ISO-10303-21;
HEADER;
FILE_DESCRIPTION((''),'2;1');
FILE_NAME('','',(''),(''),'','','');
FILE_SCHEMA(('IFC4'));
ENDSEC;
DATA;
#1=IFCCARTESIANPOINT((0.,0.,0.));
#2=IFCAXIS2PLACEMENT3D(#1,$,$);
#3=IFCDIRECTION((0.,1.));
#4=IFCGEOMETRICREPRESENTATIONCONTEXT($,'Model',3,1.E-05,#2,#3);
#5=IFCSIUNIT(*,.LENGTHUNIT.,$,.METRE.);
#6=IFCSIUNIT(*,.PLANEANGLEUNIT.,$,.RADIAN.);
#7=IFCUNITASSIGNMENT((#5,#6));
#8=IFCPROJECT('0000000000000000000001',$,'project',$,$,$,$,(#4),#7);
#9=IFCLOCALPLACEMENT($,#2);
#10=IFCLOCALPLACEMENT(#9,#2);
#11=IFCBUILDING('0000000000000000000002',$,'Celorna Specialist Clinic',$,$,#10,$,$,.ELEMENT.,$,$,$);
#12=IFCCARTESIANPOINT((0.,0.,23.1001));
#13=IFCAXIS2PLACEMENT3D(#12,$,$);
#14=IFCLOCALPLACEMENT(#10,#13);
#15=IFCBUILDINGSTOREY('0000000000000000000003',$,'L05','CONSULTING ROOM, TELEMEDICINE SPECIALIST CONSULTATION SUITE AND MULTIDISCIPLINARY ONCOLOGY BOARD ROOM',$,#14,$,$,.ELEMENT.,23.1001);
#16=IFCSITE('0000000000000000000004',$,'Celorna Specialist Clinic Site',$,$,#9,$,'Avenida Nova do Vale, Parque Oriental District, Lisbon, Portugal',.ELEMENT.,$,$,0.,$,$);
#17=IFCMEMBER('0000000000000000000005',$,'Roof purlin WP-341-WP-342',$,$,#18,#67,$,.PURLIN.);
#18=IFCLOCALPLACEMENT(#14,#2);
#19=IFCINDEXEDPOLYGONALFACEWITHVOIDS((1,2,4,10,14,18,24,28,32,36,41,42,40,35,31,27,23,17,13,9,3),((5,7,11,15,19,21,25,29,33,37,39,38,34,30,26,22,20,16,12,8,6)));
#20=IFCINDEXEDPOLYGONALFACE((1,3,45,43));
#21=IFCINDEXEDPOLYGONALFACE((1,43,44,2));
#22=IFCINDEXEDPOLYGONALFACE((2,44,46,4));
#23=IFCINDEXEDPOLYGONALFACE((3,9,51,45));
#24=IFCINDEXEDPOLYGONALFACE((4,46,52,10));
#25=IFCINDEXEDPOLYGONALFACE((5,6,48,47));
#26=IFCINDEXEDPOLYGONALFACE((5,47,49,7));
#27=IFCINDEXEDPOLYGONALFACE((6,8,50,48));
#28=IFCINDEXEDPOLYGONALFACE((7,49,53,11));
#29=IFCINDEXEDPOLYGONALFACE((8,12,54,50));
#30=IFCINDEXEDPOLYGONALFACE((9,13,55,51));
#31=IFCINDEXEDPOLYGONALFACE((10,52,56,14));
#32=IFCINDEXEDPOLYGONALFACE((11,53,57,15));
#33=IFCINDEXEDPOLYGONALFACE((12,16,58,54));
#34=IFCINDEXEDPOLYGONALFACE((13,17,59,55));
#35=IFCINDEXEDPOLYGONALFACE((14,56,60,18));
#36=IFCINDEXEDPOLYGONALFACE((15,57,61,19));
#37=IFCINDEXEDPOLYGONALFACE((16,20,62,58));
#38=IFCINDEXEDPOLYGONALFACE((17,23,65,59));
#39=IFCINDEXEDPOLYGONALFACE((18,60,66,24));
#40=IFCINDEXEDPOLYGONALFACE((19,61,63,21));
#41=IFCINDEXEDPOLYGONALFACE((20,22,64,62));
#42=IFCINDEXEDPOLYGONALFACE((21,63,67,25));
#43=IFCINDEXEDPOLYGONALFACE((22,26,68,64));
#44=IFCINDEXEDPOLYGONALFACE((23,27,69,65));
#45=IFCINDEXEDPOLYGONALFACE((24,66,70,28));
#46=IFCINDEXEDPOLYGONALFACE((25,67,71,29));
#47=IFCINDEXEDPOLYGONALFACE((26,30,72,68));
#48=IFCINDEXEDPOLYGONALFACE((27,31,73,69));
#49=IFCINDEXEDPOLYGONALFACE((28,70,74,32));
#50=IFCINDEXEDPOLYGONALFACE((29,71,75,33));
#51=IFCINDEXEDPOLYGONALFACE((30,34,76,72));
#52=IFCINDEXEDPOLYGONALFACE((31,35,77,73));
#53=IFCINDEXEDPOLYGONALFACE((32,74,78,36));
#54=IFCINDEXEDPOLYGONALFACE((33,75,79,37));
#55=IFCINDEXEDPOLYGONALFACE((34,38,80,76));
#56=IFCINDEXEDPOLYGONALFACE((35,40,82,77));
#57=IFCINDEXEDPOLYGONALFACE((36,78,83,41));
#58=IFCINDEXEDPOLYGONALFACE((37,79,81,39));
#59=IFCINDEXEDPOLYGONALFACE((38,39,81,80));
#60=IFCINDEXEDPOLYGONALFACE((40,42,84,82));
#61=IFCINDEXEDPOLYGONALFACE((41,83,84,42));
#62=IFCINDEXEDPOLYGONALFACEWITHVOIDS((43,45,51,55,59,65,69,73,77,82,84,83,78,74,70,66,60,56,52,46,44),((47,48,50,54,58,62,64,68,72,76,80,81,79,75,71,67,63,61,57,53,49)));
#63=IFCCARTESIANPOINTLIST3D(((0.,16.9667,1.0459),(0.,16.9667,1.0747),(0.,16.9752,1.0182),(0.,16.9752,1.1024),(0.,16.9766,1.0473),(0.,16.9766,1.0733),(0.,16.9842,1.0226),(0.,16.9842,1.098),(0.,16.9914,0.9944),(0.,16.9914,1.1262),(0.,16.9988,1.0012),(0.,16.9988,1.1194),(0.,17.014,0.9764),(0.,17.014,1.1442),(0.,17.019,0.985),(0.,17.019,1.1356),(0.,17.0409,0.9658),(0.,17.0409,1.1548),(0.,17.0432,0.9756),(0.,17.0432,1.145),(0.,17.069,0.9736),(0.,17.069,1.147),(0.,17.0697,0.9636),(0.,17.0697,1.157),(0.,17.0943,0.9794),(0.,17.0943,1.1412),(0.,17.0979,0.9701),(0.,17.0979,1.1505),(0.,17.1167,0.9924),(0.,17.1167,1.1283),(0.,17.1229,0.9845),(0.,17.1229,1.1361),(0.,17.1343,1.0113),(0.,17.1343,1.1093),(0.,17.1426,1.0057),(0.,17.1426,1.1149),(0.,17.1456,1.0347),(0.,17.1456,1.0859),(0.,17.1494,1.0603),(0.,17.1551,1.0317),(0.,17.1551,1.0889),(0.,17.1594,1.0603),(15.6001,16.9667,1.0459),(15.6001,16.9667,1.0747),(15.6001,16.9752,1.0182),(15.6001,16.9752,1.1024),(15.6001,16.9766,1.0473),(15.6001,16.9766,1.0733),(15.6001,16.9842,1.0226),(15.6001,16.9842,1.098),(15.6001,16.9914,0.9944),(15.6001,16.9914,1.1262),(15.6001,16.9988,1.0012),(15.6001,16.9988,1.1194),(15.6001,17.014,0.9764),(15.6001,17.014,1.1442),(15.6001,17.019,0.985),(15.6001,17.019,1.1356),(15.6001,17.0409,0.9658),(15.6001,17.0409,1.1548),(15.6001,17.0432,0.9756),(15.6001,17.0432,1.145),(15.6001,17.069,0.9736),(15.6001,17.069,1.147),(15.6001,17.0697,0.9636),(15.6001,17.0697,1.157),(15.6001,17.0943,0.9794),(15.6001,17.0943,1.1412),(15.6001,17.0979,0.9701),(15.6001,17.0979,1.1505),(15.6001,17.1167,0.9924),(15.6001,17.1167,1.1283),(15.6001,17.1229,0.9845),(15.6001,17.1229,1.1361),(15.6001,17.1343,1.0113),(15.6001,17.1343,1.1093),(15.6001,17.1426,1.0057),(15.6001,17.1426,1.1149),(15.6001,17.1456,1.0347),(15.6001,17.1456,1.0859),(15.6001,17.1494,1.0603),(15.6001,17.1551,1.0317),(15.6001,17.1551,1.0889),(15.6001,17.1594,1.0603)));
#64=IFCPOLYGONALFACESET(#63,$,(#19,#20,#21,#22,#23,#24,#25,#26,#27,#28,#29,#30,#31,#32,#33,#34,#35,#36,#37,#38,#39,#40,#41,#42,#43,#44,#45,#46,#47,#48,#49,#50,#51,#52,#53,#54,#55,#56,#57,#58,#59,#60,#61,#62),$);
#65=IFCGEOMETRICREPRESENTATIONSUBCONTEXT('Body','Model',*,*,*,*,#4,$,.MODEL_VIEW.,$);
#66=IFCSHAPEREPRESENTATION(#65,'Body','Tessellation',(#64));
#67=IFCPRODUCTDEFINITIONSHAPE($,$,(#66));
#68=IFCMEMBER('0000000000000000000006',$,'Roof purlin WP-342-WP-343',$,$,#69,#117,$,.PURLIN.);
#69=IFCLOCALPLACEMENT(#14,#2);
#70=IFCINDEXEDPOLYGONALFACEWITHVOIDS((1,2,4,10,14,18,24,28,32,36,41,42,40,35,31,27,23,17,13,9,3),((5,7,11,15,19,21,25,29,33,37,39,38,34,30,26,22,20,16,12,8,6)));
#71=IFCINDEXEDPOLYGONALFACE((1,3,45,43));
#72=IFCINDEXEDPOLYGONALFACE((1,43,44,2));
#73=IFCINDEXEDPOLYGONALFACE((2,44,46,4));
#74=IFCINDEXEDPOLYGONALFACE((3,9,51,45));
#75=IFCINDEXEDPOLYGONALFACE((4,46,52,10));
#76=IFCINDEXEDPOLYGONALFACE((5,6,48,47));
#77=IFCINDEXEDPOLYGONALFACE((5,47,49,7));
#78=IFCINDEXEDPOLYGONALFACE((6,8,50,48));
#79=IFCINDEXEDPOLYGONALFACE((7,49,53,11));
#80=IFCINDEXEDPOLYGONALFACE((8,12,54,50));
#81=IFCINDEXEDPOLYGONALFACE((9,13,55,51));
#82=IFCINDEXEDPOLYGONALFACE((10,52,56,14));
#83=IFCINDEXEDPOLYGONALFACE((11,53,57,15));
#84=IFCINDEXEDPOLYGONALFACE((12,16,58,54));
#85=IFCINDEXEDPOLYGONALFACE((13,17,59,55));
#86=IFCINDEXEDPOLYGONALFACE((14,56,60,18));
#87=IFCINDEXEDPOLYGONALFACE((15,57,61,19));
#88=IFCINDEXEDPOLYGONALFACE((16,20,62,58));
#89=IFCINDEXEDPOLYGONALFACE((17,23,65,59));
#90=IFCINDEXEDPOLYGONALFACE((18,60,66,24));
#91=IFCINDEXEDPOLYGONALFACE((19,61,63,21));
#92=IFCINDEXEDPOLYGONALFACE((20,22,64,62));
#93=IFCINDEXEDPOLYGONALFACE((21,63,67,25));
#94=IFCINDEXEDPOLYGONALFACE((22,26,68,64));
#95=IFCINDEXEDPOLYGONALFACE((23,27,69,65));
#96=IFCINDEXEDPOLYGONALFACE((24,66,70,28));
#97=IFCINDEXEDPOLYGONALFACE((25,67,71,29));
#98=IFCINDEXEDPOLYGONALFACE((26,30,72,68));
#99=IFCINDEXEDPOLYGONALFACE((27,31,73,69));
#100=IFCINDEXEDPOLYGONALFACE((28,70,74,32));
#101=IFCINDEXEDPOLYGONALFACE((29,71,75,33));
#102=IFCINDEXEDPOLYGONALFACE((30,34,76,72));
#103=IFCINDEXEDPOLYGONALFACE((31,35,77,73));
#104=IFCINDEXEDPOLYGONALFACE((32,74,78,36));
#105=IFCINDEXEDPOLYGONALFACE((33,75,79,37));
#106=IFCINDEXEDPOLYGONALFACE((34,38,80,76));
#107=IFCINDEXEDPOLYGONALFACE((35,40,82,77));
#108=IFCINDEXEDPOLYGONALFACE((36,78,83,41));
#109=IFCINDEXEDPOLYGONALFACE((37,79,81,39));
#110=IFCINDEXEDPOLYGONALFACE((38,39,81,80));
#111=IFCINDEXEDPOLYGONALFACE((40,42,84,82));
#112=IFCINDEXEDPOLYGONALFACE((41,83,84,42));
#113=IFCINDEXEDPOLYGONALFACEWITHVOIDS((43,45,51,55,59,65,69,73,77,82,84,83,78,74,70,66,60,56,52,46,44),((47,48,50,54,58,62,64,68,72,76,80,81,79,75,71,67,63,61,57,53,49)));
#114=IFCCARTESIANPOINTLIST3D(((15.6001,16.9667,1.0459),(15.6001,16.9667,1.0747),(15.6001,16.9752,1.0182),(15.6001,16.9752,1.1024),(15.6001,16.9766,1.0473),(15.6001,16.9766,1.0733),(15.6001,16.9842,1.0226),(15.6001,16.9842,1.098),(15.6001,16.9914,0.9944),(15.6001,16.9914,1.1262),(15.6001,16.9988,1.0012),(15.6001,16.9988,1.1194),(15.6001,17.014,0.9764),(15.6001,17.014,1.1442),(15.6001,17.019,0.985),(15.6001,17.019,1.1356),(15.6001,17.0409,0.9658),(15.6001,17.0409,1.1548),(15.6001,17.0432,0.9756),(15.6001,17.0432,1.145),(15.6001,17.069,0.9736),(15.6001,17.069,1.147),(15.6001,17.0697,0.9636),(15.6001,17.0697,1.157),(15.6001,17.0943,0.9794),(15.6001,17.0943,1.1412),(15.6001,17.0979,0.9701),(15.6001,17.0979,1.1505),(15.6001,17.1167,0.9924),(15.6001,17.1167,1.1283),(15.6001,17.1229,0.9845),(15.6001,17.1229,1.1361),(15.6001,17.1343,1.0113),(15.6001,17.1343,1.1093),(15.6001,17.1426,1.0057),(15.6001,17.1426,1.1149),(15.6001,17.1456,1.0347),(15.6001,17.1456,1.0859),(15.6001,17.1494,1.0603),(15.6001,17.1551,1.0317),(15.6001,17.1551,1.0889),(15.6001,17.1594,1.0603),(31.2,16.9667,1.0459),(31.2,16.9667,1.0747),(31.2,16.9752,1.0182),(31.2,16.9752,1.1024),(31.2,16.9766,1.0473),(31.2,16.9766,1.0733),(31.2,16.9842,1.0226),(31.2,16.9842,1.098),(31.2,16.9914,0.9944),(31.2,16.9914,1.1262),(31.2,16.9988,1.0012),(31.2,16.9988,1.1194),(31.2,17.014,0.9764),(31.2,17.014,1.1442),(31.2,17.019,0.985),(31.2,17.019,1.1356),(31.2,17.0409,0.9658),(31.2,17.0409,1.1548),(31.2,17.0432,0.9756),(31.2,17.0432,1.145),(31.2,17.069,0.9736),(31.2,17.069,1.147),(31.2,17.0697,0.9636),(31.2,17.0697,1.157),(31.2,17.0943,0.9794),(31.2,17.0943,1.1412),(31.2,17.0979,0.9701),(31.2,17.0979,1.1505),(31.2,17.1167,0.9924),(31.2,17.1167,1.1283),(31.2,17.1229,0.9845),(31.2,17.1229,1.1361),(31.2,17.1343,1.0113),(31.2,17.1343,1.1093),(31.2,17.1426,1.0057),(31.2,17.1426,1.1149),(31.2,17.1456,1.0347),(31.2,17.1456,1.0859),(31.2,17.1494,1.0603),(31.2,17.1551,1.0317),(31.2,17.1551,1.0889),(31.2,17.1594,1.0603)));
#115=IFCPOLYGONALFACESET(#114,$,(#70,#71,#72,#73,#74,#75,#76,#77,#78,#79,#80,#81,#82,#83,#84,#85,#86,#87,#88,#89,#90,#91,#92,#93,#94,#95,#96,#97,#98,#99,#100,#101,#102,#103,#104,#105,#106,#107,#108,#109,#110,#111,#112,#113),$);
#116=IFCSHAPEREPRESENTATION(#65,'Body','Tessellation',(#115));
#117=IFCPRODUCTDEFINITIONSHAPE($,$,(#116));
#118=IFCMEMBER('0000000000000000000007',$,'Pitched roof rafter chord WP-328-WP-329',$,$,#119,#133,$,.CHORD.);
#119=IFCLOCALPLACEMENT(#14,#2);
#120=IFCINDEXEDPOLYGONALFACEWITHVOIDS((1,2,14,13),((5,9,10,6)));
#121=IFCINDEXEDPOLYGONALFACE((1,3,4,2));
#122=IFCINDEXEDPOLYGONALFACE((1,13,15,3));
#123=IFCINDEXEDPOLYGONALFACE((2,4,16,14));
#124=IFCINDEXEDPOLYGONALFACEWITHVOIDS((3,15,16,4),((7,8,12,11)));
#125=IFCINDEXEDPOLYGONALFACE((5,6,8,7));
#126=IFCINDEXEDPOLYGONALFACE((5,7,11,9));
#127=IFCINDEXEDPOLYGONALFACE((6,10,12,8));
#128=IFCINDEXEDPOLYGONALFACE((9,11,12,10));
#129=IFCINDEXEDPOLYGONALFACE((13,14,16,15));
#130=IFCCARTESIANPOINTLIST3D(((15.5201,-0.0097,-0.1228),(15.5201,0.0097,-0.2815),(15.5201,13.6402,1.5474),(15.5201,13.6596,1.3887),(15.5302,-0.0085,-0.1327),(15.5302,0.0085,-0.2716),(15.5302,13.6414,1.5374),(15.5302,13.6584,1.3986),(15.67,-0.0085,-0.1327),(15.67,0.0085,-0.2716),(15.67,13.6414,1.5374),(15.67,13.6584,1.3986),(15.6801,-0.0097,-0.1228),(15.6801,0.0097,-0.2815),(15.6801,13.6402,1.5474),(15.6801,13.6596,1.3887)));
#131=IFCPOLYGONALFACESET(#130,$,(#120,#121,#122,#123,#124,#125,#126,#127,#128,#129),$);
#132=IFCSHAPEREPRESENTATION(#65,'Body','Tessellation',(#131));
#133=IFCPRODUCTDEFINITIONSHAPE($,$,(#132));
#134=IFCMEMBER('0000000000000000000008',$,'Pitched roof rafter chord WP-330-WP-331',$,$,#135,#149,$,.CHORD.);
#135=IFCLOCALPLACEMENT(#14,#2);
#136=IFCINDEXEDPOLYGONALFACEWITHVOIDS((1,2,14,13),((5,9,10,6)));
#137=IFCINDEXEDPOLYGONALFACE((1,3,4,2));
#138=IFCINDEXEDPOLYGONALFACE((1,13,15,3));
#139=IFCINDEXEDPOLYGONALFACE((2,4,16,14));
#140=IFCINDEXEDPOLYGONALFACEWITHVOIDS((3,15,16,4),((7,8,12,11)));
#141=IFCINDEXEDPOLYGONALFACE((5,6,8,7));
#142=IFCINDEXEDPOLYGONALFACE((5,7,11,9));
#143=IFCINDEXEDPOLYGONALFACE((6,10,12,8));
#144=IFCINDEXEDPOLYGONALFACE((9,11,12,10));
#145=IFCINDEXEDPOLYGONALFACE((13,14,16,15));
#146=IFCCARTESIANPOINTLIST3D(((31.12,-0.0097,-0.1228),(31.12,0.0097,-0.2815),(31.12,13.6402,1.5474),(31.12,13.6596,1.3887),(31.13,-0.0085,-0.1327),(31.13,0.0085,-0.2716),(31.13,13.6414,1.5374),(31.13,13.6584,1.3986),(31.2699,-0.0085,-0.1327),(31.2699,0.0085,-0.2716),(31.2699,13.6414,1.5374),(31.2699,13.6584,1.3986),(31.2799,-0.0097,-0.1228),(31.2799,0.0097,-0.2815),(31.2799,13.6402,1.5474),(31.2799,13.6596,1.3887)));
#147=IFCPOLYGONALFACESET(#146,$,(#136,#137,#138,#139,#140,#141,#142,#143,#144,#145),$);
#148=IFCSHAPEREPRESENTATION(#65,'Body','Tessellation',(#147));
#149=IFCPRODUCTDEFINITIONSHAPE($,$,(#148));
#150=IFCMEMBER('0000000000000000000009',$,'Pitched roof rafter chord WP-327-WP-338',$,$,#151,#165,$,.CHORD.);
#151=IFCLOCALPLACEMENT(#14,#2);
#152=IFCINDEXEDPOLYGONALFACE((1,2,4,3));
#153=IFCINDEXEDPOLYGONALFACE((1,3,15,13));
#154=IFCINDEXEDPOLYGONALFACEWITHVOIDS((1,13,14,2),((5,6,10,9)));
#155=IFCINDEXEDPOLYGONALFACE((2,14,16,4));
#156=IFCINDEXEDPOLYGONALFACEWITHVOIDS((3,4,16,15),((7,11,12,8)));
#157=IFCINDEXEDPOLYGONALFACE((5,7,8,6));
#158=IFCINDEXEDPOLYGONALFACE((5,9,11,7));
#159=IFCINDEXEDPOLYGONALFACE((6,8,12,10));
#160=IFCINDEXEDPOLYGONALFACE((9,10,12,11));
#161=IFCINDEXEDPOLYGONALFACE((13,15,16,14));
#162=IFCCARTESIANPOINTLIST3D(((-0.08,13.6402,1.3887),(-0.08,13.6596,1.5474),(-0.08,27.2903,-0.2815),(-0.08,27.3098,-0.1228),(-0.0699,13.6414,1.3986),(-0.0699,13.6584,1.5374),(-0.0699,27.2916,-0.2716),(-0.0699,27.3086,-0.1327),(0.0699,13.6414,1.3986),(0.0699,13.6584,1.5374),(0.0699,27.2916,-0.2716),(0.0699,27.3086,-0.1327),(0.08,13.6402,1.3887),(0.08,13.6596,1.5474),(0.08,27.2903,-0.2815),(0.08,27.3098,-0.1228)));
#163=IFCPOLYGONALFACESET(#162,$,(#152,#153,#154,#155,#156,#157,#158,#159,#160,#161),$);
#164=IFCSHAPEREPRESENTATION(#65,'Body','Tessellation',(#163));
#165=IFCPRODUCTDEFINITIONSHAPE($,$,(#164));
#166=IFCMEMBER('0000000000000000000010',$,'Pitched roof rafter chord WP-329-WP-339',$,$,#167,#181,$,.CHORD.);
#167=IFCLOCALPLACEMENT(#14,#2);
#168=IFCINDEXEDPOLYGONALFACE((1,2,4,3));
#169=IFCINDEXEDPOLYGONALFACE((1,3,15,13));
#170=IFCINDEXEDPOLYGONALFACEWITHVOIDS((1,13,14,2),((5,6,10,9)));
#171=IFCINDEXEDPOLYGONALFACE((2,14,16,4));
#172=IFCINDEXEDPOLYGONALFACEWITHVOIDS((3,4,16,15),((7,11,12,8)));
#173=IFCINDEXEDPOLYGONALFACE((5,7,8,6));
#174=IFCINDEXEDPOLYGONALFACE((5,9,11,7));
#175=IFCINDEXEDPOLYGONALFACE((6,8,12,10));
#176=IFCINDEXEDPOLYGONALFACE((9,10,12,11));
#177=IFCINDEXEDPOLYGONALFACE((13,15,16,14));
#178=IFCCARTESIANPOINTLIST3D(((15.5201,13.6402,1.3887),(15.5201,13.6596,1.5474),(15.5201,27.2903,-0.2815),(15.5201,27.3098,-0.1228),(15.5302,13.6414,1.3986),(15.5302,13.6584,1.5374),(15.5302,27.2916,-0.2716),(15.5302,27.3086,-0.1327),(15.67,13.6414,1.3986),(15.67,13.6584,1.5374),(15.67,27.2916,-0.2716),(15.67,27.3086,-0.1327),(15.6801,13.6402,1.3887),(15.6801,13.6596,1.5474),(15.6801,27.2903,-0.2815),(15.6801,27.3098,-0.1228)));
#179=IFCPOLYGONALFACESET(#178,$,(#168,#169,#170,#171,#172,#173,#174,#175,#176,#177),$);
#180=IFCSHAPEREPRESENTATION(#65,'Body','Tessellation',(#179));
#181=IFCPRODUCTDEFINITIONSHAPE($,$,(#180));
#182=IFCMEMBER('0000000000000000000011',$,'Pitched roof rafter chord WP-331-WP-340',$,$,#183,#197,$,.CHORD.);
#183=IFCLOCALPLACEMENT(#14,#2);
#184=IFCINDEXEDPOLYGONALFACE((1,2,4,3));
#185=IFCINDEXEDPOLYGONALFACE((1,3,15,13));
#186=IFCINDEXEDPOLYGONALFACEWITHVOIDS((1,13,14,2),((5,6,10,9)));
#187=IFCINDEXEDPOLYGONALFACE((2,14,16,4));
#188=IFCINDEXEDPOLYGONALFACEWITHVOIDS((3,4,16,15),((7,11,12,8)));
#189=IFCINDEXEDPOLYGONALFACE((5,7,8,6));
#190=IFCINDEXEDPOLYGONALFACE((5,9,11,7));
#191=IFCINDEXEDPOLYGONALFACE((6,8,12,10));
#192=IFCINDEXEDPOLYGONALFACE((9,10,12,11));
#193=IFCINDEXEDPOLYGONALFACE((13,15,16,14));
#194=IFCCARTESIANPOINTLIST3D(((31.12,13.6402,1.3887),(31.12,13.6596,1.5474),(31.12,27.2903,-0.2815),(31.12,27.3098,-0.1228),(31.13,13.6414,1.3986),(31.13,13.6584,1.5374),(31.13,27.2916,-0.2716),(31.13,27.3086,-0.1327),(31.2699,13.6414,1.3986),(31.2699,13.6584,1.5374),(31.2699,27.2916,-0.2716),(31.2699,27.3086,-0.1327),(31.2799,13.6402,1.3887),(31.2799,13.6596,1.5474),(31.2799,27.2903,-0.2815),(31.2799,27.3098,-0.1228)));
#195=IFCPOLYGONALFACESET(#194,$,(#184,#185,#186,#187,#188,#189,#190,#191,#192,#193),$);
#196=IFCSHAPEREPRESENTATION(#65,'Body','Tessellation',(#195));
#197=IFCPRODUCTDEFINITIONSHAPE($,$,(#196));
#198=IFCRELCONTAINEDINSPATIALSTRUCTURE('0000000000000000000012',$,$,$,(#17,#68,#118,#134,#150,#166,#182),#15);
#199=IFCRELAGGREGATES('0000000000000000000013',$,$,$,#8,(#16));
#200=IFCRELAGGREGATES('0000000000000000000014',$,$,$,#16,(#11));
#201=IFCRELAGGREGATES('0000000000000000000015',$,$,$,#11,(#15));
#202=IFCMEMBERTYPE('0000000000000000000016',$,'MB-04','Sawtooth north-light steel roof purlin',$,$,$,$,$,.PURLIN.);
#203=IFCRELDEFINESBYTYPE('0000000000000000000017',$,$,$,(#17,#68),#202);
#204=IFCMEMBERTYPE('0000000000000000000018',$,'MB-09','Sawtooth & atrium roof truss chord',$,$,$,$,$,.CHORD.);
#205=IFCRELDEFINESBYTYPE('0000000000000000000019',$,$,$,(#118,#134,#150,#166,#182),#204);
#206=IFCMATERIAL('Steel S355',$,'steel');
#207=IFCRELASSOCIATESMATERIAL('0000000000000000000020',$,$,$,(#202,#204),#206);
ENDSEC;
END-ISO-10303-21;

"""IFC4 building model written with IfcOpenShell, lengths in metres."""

from ifc_helpers import new_model, si_unit, direction, frame, origin, origin_2d, place, context, subcontext, project, spatial, hollow_rectangle, hollow_circle, extrude, material, material_profile, profile_set, type_object, element, save


model = new_model("IFC4")

# Units and contexts
model_context = context("Model", 3, precision=1e-05, world=origin(), true_north=direction((0.0, 1.0)))
body_context = subcontext(model_context, "Body", "Model", "MODEL_VIEW")
ifc_project = project(units=[si_unit("LENGTHUNIT", "METRE"), si_unit("PLANEANGLEUNIT", "RADIAN")], contexts=[model_context])

# Site, building, storey
site_placement = place(None, origin())
site = spatial("IfcSite", under=ifc_project, at=site_placement, Name="Celorna Specialist Clinic Site", LongName="Avenida Nova do Vale, Parque Oriental District, Lisbon, Portugal", CompositionType="ELEMENT", RefElevation=0.0)
building_placement = place(site_placement, origin())
building = spatial("IfcBuilding", under=site, at=building_placement, Name="Celorna Specialist Clinic", CompositionType="ELEMENT")
storey_placement = place(building_placement, frame((0.0, 0.0, 23.1001)))
storey = spatial("IfcBuildingStorey", under=building, at=storey_placement, Name="L05", Description="CONSULTING ROOM, TELEMEDICINE SPECIALIST CONSULTATION SUITE AND MULTIDISCIPLINARY ONCOLOGY BOARD ROOM", CompositionType="ELEMENT", Elevation=23.1001)

# Shared definitions
ifc_material_1 = material(Name="Steel S355", Category="steel")

# Members
ifc_material_profile_1 = material_profile(ifc_material_1, hollow_circle(Radius=0.0969, WallThickness=0.01, at=origin_2d()), Name="CHS 193.7x10")
ifc_profile_set_1 = profile_set([ifc_material_profile_1], Name="Steel S355")
member_type_1 = type_object("IfcMemberType", Name="MB-04", Description="Sawtooth north-light steel roof purlin", PredefinedType="PURLIN", material=ifc_profile_set_1)
member_1_placement = place(storey_placement, frame((0.0, 17.0625, 1.0603), z_axis=(1.0, 0.0, 0.0), x_axis=(0.0, 1.0, 0.0)))
element("IfcMember", 1, at=member_1_placement, inside=storey, type_object=member_type_1, Name="Roof purlin WP-341-WP-342", PredefinedType="PURLIN", context=body_context, shape_type="SweptSolid", body=[
    extrude(hollow_circle(Radius=0.0969, WallThickness=0.01, at=origin_2d()), origin(), (0.0, 0.0, 1.0), 15.6001),
])
member_2_placement = place(storey_placement, frame((15.6001, 17.0625, 1.0603), z_axis=(1.0, 0.0, 0.0), x_axis=(0.0, 1.0, 0.0)))
element("IfcMember", 2, at=member_2_placement, inside=storey, type_object=member_type_1, Name="Roof purlin WP-342-WP-343", PredefinedType="PURLIN", context=body_context, shape_type="SweptSolid", body=[
    extrude(hollow_circle(Radius=0.0969, WallThickness=0.01, at=origin_2d()), origin(), (0.0, 0.0, 1.0), 15.5999),
])
ifc_material_profile_2 = material_profile(ifc_material_1, hollow_rectangle(XDim=0.1599, YDim=0.1599, WallThickness=0.01, at=origin_2d()), Name="SHS 160x160x10")
ifc_profile_set_2 = profile_set([ifc_material_profile_2], Name="Steel S355")
member_type_2 = type_object("IfcMemberType", Name="MB-09", Description="Sawtooth & atrium roof truss chord", PredefinedType="CHORD", material=ifc_profile_set_2)
for number, where, z_axis, x_axis, name in (
    (3, (15.6001, 0.0, -0.2021), (0.0, 0.992597, 0.121452), (-1.0, 0.0, 0.0), "Pitched roof rafter chord WP-328-WP-329"),
    (4, (31.2, 0.0, -0.2021), (0.0, 0.992597, 0.121452), (-1.0, 0.0, 0.0), "Pitched roof rafter chord WP-330-WP-331"),
):
    element("IfcMember", number, at=place(storey_placement, frame(where, z_axis=z_axis, x_axis=x_axis)), inside=storey, type_object=member_type_2, Name=name, PredefinedType="CHORD", context=body_context, shape_type="SweptSolid", body=[
        extrude(hollow_rectangle(XDim=0.1599, YDim=0.1599, WallThickness=0.01, at=origin_2d()), origin(), (0.0, 0.0, 1.0), 13.7517),
    ])
for number, where, z_axis, x_axis, name in (
    (5, (0.0, 13.6499, 1.468), (0.0, 0.992598, -0.121449), (-1.0, 0.0, 0.0), "Pitched roof rafter chord WP-327-WP-338"),
    (6, (15.6001, 13.6499, 1.468), (0.0, 0.992598, -0.121449), (-1.0, 0.0, 0.0), "Pitched roof rafter chord WP-329-WP-339"),
    (7, (31.2, 13.6499, 1.468), (0.0, 0.992598, -0.121449), (-1.0, 0.0, 0.0), "Pitched roof rafter chord WP-331-WP-340"),
):
    element("IfcMember", number, at=place(storey_placement, frame(where, z_axis=z_axis, x_axis=x_axis)), inside=storey, type_object=member_type_2, Name=name, PredefinedType="CHORD", context=body_context, shape_type="SweptSolid", body=[
        extrude(hollow_rectangle(XDim=0.1599, YDim=0.1599, WallThickness=0.01, at=origin_2d()), origin(), (0.0, 0.0, 1.0), 13.752),
    ])

save(model, "model.ifc")
